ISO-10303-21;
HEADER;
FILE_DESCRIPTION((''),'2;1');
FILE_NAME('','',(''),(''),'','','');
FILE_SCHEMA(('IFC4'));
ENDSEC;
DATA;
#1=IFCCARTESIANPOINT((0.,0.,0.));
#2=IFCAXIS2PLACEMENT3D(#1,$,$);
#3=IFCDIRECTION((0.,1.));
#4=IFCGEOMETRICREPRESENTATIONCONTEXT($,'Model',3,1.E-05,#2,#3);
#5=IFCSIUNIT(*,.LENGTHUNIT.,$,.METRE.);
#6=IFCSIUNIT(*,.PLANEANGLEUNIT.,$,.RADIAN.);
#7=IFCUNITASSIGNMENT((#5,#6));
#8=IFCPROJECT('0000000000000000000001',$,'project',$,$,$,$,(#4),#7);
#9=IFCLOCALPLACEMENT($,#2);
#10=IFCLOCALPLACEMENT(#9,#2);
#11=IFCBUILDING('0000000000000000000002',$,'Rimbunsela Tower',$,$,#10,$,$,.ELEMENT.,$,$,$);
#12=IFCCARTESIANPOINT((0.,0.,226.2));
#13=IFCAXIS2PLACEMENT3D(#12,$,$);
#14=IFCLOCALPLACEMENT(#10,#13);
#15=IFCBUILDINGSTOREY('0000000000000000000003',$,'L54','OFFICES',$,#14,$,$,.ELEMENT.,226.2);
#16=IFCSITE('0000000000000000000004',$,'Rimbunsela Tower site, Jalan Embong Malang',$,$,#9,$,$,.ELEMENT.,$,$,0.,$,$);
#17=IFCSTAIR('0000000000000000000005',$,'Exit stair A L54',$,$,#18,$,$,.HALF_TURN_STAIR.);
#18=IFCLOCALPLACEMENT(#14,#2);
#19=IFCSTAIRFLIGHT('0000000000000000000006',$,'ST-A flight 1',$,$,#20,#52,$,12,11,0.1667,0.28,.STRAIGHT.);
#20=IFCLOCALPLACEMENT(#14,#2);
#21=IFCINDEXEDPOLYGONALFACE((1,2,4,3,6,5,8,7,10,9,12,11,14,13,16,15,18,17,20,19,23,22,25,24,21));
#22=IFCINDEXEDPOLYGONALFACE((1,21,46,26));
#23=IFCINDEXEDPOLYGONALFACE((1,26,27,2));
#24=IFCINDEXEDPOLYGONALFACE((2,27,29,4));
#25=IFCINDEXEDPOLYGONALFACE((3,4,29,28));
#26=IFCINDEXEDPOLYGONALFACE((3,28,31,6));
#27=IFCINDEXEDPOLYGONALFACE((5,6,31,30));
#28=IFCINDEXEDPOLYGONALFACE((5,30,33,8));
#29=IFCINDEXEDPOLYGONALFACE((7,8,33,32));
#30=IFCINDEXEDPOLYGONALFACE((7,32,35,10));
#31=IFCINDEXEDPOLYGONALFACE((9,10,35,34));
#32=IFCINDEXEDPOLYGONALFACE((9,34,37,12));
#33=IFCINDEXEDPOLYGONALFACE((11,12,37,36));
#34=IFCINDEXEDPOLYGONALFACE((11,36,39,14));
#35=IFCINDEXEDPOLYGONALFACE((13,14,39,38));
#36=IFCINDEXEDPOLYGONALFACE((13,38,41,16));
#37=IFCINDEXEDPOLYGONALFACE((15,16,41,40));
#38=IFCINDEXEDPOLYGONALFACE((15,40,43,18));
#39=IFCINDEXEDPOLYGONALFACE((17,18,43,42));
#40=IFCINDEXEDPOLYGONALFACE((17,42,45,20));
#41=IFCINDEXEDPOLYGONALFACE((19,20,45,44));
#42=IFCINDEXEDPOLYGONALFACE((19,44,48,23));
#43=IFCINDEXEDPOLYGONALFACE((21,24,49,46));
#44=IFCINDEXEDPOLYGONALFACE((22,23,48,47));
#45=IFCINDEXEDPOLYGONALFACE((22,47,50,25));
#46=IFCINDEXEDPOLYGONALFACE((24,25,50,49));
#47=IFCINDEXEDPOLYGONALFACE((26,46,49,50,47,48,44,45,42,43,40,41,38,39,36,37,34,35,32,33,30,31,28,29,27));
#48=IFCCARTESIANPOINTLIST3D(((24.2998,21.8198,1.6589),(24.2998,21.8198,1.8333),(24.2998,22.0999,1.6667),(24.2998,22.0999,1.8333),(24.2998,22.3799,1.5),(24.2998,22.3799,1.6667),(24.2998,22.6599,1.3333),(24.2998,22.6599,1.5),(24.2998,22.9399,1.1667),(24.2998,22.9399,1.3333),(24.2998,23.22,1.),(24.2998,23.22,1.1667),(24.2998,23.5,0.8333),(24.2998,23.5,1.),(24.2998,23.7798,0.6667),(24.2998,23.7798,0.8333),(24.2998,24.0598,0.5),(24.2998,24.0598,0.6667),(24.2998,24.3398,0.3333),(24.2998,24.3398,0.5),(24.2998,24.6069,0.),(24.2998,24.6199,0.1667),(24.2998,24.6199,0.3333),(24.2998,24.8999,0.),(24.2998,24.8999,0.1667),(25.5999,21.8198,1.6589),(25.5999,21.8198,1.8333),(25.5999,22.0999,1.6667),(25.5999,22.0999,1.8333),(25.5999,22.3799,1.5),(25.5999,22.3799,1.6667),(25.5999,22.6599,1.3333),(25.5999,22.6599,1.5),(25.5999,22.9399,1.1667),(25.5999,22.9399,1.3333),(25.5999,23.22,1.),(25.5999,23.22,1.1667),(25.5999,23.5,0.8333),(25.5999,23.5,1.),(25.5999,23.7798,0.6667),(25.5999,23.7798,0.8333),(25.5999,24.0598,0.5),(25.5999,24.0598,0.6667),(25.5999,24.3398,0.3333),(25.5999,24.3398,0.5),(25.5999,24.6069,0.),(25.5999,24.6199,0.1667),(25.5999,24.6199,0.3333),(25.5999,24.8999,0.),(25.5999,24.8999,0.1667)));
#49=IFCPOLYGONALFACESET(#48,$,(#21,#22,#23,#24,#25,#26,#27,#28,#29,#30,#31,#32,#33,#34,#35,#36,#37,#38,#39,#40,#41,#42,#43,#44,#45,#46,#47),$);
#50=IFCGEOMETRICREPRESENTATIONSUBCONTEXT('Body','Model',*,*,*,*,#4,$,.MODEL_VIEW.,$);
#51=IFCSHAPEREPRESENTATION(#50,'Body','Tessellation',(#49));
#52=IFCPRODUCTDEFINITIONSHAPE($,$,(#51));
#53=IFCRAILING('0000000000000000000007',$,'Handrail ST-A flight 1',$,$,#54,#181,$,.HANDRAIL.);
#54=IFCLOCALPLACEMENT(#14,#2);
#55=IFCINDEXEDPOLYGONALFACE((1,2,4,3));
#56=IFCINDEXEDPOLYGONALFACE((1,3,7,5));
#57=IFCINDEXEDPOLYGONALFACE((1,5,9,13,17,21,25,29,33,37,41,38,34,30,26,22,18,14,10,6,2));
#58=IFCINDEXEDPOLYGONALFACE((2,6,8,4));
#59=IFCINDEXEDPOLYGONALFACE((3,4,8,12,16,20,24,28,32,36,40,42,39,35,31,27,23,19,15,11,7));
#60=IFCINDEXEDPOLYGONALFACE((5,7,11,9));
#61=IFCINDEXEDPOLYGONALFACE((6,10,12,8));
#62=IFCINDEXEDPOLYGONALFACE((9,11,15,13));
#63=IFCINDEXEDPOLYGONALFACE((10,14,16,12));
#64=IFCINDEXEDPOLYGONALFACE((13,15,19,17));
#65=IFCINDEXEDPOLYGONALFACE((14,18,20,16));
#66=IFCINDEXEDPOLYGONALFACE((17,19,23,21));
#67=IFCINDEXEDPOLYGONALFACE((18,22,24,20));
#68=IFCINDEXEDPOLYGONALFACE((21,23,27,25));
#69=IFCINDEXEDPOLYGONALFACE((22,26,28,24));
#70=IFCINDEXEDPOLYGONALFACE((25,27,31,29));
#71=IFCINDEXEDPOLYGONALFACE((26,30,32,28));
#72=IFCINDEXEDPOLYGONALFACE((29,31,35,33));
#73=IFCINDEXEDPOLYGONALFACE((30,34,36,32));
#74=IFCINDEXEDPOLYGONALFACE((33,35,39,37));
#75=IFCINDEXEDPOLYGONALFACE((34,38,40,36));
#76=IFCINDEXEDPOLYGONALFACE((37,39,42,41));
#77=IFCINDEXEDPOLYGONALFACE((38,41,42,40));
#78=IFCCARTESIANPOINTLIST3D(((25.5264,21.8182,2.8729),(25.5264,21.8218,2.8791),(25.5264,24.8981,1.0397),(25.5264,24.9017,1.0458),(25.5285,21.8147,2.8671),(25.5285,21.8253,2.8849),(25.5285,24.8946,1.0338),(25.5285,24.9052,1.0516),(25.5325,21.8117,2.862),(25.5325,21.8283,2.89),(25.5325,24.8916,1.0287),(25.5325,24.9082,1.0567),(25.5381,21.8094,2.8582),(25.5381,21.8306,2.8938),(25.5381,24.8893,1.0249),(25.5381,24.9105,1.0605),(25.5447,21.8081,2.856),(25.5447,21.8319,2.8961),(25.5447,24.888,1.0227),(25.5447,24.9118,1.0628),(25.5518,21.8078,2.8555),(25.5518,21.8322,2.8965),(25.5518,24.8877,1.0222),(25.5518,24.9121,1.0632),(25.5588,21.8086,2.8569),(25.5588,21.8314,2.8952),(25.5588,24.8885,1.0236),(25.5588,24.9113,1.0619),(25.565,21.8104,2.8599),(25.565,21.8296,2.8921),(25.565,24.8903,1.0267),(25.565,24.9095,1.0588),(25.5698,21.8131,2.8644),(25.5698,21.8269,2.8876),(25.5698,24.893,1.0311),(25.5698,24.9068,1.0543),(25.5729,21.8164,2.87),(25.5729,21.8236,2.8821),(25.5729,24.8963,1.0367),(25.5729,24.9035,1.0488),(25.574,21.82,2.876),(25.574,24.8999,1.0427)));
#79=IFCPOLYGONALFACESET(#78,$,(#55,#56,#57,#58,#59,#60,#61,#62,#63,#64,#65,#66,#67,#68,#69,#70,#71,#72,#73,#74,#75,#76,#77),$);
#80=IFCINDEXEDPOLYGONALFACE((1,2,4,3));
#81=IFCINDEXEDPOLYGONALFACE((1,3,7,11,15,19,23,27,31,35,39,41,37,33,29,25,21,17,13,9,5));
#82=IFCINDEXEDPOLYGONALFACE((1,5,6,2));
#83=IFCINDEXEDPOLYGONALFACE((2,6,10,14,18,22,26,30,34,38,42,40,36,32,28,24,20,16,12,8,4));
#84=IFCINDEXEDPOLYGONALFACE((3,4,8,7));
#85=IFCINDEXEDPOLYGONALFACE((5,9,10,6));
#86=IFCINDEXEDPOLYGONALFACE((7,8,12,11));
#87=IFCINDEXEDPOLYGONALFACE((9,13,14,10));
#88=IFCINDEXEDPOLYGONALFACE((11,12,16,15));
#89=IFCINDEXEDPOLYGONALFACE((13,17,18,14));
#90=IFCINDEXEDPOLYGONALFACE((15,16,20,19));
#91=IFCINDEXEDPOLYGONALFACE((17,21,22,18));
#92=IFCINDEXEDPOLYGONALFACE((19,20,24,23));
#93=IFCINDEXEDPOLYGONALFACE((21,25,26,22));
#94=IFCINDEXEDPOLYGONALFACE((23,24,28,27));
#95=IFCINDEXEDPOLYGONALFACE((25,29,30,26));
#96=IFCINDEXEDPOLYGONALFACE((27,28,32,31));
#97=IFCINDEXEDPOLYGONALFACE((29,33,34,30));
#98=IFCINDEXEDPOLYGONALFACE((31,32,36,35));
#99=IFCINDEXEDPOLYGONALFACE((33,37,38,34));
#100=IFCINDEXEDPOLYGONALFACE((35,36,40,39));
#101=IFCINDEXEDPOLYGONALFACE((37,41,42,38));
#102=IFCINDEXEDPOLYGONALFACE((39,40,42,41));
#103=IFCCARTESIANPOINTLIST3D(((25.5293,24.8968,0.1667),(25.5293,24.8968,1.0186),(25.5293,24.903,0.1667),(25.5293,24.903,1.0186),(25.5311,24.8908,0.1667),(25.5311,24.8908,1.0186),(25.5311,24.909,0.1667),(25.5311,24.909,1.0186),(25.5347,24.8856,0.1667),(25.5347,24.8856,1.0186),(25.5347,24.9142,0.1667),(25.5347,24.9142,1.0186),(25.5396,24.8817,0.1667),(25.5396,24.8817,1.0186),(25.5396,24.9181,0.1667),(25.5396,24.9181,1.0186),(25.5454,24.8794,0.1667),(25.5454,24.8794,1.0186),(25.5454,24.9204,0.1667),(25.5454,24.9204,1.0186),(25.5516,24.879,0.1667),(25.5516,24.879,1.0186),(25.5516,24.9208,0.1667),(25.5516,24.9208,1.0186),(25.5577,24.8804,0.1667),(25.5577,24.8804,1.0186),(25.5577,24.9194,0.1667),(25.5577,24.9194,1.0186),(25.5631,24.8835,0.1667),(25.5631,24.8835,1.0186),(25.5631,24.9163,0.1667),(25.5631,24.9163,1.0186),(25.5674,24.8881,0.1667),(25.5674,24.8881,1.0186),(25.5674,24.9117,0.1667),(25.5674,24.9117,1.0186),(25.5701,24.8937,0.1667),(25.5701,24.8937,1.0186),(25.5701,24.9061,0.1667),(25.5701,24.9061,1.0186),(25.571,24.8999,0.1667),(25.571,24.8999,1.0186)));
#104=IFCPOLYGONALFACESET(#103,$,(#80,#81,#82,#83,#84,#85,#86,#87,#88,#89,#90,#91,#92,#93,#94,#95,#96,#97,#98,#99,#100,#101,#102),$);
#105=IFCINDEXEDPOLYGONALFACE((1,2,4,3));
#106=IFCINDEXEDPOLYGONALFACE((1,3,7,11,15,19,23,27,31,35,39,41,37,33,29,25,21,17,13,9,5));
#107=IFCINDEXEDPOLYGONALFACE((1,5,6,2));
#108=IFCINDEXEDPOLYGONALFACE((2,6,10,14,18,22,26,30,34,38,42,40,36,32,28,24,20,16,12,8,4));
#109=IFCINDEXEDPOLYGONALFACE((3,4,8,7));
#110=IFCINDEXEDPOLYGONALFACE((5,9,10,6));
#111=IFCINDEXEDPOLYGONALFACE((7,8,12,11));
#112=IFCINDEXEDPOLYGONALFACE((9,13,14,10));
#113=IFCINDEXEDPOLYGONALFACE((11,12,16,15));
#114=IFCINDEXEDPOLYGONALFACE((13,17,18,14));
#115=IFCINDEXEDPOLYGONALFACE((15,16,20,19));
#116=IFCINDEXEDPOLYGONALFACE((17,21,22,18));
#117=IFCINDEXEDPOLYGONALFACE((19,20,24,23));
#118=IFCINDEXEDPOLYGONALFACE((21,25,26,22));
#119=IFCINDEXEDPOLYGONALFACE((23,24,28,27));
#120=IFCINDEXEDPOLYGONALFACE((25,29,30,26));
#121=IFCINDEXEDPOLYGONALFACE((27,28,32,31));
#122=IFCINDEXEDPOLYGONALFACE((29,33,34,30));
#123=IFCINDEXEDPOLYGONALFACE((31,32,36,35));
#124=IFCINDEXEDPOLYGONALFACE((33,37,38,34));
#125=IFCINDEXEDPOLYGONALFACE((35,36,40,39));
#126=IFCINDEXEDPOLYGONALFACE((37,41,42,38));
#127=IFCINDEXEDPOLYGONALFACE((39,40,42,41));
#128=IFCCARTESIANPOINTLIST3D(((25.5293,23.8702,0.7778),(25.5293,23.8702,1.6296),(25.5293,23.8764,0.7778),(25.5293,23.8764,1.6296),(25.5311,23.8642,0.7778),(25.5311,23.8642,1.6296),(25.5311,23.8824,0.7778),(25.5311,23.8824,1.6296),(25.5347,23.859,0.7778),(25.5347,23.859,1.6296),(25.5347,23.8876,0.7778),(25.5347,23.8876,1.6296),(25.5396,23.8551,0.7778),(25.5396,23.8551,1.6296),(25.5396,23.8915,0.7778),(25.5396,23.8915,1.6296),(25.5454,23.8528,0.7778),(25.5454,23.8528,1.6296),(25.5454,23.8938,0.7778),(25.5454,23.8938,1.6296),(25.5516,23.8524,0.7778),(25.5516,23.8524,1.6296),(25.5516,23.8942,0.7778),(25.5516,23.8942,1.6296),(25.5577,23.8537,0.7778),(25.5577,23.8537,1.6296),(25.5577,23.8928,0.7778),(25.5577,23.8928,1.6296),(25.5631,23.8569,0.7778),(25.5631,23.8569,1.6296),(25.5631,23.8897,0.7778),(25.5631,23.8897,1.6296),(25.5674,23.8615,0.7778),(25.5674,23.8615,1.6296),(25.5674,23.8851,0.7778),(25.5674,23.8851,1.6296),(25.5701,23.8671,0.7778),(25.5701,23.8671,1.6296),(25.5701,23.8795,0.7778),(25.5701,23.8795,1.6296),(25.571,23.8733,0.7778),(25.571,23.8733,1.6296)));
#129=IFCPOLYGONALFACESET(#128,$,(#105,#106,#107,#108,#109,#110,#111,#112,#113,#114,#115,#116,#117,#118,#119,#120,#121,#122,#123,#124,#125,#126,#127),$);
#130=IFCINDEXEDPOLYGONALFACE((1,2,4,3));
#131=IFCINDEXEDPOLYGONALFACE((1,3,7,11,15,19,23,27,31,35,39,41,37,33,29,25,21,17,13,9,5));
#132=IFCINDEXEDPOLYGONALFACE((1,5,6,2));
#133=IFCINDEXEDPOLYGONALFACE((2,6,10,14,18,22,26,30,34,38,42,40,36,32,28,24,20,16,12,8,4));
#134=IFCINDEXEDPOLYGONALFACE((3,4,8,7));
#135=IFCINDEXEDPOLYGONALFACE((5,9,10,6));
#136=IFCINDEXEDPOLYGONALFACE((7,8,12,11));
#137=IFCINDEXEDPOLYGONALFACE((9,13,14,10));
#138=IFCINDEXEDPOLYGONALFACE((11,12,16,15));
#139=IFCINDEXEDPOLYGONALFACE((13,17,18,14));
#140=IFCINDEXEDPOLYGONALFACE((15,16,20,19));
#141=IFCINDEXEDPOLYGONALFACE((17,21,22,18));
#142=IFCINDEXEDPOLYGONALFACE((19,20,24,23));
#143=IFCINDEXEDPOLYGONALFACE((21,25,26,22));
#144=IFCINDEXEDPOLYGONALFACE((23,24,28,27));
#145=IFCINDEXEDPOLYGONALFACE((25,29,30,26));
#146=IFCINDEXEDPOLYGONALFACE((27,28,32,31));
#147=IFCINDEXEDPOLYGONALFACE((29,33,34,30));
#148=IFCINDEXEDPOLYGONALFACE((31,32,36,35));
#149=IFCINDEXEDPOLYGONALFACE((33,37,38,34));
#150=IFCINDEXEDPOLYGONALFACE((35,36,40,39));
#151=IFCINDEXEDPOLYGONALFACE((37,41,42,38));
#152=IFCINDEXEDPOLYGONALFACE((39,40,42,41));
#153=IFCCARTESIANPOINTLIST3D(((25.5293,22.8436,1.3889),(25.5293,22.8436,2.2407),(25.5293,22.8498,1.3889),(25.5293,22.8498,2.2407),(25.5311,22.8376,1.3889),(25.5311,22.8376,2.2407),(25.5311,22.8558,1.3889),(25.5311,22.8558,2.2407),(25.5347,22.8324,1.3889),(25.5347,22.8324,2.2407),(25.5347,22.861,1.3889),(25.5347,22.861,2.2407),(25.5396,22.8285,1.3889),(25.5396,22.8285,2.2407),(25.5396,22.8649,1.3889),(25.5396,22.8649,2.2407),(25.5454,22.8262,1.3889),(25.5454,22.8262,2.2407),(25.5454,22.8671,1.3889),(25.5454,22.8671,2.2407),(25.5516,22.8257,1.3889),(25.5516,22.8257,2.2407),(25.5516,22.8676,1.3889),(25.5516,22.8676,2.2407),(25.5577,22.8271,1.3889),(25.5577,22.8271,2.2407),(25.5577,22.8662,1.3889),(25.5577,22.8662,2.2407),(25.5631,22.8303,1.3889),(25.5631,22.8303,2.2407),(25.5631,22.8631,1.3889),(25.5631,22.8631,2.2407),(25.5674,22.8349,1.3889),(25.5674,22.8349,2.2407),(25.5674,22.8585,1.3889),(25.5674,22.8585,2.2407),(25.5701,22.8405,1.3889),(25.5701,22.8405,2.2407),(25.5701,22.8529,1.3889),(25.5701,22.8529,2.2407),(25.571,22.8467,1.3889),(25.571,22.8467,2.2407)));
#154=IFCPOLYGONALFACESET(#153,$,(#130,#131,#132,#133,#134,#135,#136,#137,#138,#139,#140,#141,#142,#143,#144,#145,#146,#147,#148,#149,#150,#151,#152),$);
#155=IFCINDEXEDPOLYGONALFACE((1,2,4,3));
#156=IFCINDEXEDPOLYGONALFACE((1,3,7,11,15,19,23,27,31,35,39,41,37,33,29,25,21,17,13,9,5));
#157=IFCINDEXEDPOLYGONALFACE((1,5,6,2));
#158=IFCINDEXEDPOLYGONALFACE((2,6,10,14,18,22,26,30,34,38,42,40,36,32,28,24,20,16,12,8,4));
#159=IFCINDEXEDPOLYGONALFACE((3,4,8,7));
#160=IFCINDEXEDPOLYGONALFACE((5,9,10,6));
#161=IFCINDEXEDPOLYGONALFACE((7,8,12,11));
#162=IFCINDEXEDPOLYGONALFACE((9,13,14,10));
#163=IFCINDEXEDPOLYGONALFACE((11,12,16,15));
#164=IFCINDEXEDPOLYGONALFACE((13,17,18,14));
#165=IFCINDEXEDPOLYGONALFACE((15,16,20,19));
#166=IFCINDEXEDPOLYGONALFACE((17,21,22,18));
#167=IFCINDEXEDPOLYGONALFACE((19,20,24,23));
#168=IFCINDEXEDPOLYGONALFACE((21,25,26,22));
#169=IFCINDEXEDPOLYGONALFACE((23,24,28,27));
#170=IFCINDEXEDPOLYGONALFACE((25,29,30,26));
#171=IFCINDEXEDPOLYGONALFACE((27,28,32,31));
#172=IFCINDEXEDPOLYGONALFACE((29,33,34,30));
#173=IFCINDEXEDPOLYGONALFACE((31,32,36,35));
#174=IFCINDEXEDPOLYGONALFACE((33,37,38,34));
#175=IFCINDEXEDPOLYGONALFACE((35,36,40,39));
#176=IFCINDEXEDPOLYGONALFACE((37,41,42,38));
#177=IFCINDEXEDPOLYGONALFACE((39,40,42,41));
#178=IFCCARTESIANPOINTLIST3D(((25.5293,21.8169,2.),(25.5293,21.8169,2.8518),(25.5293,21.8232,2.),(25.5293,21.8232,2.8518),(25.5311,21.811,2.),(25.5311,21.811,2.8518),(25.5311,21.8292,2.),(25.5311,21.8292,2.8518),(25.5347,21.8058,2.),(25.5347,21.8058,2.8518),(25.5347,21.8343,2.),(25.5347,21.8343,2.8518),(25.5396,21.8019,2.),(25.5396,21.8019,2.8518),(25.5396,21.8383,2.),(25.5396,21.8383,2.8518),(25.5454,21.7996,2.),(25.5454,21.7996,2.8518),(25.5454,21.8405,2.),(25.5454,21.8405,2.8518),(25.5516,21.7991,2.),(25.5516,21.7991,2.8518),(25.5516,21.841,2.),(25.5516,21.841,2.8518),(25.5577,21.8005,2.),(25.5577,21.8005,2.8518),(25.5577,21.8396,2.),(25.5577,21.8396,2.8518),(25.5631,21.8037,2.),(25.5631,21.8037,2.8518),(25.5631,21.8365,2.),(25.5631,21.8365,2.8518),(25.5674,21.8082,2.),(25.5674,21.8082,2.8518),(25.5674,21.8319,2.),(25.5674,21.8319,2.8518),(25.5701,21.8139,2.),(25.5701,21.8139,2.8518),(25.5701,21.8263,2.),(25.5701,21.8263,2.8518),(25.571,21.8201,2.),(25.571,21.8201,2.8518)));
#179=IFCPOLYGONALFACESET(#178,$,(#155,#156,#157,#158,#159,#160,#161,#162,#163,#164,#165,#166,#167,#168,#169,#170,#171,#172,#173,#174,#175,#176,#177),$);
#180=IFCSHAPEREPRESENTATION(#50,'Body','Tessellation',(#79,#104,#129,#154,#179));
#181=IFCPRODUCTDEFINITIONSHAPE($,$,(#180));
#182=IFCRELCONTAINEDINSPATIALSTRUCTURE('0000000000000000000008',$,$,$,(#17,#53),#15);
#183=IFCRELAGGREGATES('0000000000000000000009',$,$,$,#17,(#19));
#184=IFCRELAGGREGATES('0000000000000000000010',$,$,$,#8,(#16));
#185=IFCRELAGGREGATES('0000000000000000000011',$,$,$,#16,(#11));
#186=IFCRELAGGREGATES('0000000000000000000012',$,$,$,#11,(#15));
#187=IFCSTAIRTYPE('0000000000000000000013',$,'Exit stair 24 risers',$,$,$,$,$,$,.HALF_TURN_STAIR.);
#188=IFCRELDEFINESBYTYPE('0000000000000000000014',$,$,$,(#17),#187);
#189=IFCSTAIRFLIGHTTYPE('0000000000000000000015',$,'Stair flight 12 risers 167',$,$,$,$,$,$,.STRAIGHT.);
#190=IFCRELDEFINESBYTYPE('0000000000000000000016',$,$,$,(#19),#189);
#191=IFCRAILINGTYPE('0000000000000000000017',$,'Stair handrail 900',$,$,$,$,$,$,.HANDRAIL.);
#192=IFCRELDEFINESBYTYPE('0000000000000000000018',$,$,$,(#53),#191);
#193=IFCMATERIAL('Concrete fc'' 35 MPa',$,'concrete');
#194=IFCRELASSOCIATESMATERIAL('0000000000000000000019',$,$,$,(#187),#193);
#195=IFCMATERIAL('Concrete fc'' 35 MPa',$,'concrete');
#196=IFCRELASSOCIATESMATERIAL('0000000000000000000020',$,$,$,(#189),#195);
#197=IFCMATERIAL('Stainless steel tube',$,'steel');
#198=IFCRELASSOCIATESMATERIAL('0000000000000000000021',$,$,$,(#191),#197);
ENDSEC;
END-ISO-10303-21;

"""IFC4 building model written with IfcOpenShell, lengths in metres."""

from ifc_helpers import new_model, si_unit, direction, frame, origin, origin_2d, place, context, subcontext, project, spatial, polyline, circle, outline, extrude, material, type_object, element, aggregate, save


model = new_model("IFC4")

# Units and contexts
model_context = context("Model", 3, precision=1e-05, world=origin(), true_north=direction((0.0, 1.0)))
body_context = subcontext(model_context, "Body", "Model", "MODEL_VIEW")
ifc_project = project(units=[si_unit("LENGTHUNIT", "METRE"), si_unit("PLANEANGLEUNIT", "RADIAN")], contexts=[model_context])

# Site, building, storey
site_placement = place(None, origin())
site = spatial("IfcSite", under=ifc_project, at=site_placement, Name="Rimbunsela Tower site, Jalan Embong Malang", CompositionType="ELEMENT", RefElevation=0.0)
building_placement = place(site_placement, origin())
building = spatial("IfcBuilding", under=site, at=building_placement, Name="Rimbunsela Tower", CompositionType="ELEMENT")
storey_placement = place(building_placement, frame((0.0, 0.0, 226.2)))
storey = spatial("IfcBuildingStorey", under=building, at=storey_placement, Name="L54", Description="OFFICES", CompositionType="ELEMENT", Elevation=226.2)

# Stair, stair flight
ifc_material_1 = material(Name="Concrete fc' 35 MPa", Category="concrete")
stair_type = type_object("IfcStairType", Name="Exit stair 24 risers", PredefinedType="HALF_TURN_STAIR", material=ifc_material_1)
stair_placement = place(storey_placement, origin())
stair = element("IfcStair", 1, at=stair_placement, inside=storey, type_object=stair_type, Name="Exit stair A L54", PredefinedType="HALF_TURN_STAIR")
ifc_material_2 = material(Name="Concrete fc' 35 MPa", Category="concrete")
stair_flight_type = type_object("IfcStairFlightType", Name="Stair flight 12 risers 167", PredefinedType="STRAIGHT", material=ifc_material_2)
stair_flight_placement = place(storey_placement, frame((24.95, 24.8999, 0.0), z_axis=(0.0, 0.0, 1.0), x_axis=(0.0, -1.0, 0.0)))
stair_flight = element("IfcStairFlight", 2, at=stair_flight_placement, type_object=stair_flight_type, Name="ST-A flight 1", NumberOfRisers=12, NumberOfTreads=11, PredefinedType="STRAIGHT", RiserHeight=0.1667, TreadLength=0.28, context=body_context, shape_type="SweptSolid", body=[
    extrude(outline(polyline([(0.0, 0.0), (0.0, 0.1667), (0.28, 0.1667), (0.28, 0.3333), (0.5601, 0.3333), (0.5601, 0.5), (0.8401, 0.5), (0.8401, 0.6667), (1.1201, 0.6667), (1.1201, 0.8333), (1.3999, 0.8333), (1.3999, 1.0), (1.6799, 1.0), (1.6799, 1.1667), (1.96, 1.1667), (1.96, 1.3333), (2.24, 1.3333), (2.24, 1.5), (2.52, 1.5), (2.52, 1.6667), (2.8, 1.6667), (2.8, 1.8333), (3.0801, 1.8333), (3.0801, 2.0), (3.0801, 1.6589), (0.293, 0.0), (0.0, 0.0)])), frame((0.0, 0.6499, 0.0), z_axis=(0.0, -1.0, 0.0), x_axis=(1.0, 0.0, 0.0)), (0.0, 0.0, 1.0), 1.3),
])
aggregate(stair, [stair_flight])

# Railing
ifc_material_3 = material(Name="Stainless steel tube", Category="steel")
railing_type = type_object("IfcRailingType", Name="Stair handrail 900", PredefinedType="HANDRAIL", material=ifc_material_3)
railing_placement = place(storey_placement, frame((25.55, 24.8999, 0.1667)))
element("IfcRailing", 3, at=railing_placement, inside=storey, type_object=railing_type, Name="Handrail ST-A flight 1", PredefinedType="HANDRAIL", context=body_context, shape_type="SweptSolid", body=[
    extrude(circle(Radius=0.0239, at=origin_2d()), frame((0.0, 0.0, 0.876), z_axis=(0.0, -0.859291, 0.511487), x_axis=(1.0, 0.0, 0.0)), (0.0, 0.0, 1.0), 3.5842),
    extrude(circle(Radius=0.021, at=origin_2d()), origin(), (0.0, 0.0, 1.0), 0.8518),
    extrude(circle(Radius=0.021, at=origin_2d()), frame((0.0, -1.0266, 0.6111)), (0.0, 0.0, 1.0), 0.8518),
    extrude(circle(Radius=0.021, at=origin_2d()), frame((0.0, -2.0532, 1.2222)), (0.0, 0.0, 1.0), 0.8518),
    extrude(circle(Radius=0.021, at=origin_2d()), frame((0.0, -3.0798, 1.8333)), (0.0, 0.0, 1.0), 0.8518),
])

save(model, "model.ifc")
